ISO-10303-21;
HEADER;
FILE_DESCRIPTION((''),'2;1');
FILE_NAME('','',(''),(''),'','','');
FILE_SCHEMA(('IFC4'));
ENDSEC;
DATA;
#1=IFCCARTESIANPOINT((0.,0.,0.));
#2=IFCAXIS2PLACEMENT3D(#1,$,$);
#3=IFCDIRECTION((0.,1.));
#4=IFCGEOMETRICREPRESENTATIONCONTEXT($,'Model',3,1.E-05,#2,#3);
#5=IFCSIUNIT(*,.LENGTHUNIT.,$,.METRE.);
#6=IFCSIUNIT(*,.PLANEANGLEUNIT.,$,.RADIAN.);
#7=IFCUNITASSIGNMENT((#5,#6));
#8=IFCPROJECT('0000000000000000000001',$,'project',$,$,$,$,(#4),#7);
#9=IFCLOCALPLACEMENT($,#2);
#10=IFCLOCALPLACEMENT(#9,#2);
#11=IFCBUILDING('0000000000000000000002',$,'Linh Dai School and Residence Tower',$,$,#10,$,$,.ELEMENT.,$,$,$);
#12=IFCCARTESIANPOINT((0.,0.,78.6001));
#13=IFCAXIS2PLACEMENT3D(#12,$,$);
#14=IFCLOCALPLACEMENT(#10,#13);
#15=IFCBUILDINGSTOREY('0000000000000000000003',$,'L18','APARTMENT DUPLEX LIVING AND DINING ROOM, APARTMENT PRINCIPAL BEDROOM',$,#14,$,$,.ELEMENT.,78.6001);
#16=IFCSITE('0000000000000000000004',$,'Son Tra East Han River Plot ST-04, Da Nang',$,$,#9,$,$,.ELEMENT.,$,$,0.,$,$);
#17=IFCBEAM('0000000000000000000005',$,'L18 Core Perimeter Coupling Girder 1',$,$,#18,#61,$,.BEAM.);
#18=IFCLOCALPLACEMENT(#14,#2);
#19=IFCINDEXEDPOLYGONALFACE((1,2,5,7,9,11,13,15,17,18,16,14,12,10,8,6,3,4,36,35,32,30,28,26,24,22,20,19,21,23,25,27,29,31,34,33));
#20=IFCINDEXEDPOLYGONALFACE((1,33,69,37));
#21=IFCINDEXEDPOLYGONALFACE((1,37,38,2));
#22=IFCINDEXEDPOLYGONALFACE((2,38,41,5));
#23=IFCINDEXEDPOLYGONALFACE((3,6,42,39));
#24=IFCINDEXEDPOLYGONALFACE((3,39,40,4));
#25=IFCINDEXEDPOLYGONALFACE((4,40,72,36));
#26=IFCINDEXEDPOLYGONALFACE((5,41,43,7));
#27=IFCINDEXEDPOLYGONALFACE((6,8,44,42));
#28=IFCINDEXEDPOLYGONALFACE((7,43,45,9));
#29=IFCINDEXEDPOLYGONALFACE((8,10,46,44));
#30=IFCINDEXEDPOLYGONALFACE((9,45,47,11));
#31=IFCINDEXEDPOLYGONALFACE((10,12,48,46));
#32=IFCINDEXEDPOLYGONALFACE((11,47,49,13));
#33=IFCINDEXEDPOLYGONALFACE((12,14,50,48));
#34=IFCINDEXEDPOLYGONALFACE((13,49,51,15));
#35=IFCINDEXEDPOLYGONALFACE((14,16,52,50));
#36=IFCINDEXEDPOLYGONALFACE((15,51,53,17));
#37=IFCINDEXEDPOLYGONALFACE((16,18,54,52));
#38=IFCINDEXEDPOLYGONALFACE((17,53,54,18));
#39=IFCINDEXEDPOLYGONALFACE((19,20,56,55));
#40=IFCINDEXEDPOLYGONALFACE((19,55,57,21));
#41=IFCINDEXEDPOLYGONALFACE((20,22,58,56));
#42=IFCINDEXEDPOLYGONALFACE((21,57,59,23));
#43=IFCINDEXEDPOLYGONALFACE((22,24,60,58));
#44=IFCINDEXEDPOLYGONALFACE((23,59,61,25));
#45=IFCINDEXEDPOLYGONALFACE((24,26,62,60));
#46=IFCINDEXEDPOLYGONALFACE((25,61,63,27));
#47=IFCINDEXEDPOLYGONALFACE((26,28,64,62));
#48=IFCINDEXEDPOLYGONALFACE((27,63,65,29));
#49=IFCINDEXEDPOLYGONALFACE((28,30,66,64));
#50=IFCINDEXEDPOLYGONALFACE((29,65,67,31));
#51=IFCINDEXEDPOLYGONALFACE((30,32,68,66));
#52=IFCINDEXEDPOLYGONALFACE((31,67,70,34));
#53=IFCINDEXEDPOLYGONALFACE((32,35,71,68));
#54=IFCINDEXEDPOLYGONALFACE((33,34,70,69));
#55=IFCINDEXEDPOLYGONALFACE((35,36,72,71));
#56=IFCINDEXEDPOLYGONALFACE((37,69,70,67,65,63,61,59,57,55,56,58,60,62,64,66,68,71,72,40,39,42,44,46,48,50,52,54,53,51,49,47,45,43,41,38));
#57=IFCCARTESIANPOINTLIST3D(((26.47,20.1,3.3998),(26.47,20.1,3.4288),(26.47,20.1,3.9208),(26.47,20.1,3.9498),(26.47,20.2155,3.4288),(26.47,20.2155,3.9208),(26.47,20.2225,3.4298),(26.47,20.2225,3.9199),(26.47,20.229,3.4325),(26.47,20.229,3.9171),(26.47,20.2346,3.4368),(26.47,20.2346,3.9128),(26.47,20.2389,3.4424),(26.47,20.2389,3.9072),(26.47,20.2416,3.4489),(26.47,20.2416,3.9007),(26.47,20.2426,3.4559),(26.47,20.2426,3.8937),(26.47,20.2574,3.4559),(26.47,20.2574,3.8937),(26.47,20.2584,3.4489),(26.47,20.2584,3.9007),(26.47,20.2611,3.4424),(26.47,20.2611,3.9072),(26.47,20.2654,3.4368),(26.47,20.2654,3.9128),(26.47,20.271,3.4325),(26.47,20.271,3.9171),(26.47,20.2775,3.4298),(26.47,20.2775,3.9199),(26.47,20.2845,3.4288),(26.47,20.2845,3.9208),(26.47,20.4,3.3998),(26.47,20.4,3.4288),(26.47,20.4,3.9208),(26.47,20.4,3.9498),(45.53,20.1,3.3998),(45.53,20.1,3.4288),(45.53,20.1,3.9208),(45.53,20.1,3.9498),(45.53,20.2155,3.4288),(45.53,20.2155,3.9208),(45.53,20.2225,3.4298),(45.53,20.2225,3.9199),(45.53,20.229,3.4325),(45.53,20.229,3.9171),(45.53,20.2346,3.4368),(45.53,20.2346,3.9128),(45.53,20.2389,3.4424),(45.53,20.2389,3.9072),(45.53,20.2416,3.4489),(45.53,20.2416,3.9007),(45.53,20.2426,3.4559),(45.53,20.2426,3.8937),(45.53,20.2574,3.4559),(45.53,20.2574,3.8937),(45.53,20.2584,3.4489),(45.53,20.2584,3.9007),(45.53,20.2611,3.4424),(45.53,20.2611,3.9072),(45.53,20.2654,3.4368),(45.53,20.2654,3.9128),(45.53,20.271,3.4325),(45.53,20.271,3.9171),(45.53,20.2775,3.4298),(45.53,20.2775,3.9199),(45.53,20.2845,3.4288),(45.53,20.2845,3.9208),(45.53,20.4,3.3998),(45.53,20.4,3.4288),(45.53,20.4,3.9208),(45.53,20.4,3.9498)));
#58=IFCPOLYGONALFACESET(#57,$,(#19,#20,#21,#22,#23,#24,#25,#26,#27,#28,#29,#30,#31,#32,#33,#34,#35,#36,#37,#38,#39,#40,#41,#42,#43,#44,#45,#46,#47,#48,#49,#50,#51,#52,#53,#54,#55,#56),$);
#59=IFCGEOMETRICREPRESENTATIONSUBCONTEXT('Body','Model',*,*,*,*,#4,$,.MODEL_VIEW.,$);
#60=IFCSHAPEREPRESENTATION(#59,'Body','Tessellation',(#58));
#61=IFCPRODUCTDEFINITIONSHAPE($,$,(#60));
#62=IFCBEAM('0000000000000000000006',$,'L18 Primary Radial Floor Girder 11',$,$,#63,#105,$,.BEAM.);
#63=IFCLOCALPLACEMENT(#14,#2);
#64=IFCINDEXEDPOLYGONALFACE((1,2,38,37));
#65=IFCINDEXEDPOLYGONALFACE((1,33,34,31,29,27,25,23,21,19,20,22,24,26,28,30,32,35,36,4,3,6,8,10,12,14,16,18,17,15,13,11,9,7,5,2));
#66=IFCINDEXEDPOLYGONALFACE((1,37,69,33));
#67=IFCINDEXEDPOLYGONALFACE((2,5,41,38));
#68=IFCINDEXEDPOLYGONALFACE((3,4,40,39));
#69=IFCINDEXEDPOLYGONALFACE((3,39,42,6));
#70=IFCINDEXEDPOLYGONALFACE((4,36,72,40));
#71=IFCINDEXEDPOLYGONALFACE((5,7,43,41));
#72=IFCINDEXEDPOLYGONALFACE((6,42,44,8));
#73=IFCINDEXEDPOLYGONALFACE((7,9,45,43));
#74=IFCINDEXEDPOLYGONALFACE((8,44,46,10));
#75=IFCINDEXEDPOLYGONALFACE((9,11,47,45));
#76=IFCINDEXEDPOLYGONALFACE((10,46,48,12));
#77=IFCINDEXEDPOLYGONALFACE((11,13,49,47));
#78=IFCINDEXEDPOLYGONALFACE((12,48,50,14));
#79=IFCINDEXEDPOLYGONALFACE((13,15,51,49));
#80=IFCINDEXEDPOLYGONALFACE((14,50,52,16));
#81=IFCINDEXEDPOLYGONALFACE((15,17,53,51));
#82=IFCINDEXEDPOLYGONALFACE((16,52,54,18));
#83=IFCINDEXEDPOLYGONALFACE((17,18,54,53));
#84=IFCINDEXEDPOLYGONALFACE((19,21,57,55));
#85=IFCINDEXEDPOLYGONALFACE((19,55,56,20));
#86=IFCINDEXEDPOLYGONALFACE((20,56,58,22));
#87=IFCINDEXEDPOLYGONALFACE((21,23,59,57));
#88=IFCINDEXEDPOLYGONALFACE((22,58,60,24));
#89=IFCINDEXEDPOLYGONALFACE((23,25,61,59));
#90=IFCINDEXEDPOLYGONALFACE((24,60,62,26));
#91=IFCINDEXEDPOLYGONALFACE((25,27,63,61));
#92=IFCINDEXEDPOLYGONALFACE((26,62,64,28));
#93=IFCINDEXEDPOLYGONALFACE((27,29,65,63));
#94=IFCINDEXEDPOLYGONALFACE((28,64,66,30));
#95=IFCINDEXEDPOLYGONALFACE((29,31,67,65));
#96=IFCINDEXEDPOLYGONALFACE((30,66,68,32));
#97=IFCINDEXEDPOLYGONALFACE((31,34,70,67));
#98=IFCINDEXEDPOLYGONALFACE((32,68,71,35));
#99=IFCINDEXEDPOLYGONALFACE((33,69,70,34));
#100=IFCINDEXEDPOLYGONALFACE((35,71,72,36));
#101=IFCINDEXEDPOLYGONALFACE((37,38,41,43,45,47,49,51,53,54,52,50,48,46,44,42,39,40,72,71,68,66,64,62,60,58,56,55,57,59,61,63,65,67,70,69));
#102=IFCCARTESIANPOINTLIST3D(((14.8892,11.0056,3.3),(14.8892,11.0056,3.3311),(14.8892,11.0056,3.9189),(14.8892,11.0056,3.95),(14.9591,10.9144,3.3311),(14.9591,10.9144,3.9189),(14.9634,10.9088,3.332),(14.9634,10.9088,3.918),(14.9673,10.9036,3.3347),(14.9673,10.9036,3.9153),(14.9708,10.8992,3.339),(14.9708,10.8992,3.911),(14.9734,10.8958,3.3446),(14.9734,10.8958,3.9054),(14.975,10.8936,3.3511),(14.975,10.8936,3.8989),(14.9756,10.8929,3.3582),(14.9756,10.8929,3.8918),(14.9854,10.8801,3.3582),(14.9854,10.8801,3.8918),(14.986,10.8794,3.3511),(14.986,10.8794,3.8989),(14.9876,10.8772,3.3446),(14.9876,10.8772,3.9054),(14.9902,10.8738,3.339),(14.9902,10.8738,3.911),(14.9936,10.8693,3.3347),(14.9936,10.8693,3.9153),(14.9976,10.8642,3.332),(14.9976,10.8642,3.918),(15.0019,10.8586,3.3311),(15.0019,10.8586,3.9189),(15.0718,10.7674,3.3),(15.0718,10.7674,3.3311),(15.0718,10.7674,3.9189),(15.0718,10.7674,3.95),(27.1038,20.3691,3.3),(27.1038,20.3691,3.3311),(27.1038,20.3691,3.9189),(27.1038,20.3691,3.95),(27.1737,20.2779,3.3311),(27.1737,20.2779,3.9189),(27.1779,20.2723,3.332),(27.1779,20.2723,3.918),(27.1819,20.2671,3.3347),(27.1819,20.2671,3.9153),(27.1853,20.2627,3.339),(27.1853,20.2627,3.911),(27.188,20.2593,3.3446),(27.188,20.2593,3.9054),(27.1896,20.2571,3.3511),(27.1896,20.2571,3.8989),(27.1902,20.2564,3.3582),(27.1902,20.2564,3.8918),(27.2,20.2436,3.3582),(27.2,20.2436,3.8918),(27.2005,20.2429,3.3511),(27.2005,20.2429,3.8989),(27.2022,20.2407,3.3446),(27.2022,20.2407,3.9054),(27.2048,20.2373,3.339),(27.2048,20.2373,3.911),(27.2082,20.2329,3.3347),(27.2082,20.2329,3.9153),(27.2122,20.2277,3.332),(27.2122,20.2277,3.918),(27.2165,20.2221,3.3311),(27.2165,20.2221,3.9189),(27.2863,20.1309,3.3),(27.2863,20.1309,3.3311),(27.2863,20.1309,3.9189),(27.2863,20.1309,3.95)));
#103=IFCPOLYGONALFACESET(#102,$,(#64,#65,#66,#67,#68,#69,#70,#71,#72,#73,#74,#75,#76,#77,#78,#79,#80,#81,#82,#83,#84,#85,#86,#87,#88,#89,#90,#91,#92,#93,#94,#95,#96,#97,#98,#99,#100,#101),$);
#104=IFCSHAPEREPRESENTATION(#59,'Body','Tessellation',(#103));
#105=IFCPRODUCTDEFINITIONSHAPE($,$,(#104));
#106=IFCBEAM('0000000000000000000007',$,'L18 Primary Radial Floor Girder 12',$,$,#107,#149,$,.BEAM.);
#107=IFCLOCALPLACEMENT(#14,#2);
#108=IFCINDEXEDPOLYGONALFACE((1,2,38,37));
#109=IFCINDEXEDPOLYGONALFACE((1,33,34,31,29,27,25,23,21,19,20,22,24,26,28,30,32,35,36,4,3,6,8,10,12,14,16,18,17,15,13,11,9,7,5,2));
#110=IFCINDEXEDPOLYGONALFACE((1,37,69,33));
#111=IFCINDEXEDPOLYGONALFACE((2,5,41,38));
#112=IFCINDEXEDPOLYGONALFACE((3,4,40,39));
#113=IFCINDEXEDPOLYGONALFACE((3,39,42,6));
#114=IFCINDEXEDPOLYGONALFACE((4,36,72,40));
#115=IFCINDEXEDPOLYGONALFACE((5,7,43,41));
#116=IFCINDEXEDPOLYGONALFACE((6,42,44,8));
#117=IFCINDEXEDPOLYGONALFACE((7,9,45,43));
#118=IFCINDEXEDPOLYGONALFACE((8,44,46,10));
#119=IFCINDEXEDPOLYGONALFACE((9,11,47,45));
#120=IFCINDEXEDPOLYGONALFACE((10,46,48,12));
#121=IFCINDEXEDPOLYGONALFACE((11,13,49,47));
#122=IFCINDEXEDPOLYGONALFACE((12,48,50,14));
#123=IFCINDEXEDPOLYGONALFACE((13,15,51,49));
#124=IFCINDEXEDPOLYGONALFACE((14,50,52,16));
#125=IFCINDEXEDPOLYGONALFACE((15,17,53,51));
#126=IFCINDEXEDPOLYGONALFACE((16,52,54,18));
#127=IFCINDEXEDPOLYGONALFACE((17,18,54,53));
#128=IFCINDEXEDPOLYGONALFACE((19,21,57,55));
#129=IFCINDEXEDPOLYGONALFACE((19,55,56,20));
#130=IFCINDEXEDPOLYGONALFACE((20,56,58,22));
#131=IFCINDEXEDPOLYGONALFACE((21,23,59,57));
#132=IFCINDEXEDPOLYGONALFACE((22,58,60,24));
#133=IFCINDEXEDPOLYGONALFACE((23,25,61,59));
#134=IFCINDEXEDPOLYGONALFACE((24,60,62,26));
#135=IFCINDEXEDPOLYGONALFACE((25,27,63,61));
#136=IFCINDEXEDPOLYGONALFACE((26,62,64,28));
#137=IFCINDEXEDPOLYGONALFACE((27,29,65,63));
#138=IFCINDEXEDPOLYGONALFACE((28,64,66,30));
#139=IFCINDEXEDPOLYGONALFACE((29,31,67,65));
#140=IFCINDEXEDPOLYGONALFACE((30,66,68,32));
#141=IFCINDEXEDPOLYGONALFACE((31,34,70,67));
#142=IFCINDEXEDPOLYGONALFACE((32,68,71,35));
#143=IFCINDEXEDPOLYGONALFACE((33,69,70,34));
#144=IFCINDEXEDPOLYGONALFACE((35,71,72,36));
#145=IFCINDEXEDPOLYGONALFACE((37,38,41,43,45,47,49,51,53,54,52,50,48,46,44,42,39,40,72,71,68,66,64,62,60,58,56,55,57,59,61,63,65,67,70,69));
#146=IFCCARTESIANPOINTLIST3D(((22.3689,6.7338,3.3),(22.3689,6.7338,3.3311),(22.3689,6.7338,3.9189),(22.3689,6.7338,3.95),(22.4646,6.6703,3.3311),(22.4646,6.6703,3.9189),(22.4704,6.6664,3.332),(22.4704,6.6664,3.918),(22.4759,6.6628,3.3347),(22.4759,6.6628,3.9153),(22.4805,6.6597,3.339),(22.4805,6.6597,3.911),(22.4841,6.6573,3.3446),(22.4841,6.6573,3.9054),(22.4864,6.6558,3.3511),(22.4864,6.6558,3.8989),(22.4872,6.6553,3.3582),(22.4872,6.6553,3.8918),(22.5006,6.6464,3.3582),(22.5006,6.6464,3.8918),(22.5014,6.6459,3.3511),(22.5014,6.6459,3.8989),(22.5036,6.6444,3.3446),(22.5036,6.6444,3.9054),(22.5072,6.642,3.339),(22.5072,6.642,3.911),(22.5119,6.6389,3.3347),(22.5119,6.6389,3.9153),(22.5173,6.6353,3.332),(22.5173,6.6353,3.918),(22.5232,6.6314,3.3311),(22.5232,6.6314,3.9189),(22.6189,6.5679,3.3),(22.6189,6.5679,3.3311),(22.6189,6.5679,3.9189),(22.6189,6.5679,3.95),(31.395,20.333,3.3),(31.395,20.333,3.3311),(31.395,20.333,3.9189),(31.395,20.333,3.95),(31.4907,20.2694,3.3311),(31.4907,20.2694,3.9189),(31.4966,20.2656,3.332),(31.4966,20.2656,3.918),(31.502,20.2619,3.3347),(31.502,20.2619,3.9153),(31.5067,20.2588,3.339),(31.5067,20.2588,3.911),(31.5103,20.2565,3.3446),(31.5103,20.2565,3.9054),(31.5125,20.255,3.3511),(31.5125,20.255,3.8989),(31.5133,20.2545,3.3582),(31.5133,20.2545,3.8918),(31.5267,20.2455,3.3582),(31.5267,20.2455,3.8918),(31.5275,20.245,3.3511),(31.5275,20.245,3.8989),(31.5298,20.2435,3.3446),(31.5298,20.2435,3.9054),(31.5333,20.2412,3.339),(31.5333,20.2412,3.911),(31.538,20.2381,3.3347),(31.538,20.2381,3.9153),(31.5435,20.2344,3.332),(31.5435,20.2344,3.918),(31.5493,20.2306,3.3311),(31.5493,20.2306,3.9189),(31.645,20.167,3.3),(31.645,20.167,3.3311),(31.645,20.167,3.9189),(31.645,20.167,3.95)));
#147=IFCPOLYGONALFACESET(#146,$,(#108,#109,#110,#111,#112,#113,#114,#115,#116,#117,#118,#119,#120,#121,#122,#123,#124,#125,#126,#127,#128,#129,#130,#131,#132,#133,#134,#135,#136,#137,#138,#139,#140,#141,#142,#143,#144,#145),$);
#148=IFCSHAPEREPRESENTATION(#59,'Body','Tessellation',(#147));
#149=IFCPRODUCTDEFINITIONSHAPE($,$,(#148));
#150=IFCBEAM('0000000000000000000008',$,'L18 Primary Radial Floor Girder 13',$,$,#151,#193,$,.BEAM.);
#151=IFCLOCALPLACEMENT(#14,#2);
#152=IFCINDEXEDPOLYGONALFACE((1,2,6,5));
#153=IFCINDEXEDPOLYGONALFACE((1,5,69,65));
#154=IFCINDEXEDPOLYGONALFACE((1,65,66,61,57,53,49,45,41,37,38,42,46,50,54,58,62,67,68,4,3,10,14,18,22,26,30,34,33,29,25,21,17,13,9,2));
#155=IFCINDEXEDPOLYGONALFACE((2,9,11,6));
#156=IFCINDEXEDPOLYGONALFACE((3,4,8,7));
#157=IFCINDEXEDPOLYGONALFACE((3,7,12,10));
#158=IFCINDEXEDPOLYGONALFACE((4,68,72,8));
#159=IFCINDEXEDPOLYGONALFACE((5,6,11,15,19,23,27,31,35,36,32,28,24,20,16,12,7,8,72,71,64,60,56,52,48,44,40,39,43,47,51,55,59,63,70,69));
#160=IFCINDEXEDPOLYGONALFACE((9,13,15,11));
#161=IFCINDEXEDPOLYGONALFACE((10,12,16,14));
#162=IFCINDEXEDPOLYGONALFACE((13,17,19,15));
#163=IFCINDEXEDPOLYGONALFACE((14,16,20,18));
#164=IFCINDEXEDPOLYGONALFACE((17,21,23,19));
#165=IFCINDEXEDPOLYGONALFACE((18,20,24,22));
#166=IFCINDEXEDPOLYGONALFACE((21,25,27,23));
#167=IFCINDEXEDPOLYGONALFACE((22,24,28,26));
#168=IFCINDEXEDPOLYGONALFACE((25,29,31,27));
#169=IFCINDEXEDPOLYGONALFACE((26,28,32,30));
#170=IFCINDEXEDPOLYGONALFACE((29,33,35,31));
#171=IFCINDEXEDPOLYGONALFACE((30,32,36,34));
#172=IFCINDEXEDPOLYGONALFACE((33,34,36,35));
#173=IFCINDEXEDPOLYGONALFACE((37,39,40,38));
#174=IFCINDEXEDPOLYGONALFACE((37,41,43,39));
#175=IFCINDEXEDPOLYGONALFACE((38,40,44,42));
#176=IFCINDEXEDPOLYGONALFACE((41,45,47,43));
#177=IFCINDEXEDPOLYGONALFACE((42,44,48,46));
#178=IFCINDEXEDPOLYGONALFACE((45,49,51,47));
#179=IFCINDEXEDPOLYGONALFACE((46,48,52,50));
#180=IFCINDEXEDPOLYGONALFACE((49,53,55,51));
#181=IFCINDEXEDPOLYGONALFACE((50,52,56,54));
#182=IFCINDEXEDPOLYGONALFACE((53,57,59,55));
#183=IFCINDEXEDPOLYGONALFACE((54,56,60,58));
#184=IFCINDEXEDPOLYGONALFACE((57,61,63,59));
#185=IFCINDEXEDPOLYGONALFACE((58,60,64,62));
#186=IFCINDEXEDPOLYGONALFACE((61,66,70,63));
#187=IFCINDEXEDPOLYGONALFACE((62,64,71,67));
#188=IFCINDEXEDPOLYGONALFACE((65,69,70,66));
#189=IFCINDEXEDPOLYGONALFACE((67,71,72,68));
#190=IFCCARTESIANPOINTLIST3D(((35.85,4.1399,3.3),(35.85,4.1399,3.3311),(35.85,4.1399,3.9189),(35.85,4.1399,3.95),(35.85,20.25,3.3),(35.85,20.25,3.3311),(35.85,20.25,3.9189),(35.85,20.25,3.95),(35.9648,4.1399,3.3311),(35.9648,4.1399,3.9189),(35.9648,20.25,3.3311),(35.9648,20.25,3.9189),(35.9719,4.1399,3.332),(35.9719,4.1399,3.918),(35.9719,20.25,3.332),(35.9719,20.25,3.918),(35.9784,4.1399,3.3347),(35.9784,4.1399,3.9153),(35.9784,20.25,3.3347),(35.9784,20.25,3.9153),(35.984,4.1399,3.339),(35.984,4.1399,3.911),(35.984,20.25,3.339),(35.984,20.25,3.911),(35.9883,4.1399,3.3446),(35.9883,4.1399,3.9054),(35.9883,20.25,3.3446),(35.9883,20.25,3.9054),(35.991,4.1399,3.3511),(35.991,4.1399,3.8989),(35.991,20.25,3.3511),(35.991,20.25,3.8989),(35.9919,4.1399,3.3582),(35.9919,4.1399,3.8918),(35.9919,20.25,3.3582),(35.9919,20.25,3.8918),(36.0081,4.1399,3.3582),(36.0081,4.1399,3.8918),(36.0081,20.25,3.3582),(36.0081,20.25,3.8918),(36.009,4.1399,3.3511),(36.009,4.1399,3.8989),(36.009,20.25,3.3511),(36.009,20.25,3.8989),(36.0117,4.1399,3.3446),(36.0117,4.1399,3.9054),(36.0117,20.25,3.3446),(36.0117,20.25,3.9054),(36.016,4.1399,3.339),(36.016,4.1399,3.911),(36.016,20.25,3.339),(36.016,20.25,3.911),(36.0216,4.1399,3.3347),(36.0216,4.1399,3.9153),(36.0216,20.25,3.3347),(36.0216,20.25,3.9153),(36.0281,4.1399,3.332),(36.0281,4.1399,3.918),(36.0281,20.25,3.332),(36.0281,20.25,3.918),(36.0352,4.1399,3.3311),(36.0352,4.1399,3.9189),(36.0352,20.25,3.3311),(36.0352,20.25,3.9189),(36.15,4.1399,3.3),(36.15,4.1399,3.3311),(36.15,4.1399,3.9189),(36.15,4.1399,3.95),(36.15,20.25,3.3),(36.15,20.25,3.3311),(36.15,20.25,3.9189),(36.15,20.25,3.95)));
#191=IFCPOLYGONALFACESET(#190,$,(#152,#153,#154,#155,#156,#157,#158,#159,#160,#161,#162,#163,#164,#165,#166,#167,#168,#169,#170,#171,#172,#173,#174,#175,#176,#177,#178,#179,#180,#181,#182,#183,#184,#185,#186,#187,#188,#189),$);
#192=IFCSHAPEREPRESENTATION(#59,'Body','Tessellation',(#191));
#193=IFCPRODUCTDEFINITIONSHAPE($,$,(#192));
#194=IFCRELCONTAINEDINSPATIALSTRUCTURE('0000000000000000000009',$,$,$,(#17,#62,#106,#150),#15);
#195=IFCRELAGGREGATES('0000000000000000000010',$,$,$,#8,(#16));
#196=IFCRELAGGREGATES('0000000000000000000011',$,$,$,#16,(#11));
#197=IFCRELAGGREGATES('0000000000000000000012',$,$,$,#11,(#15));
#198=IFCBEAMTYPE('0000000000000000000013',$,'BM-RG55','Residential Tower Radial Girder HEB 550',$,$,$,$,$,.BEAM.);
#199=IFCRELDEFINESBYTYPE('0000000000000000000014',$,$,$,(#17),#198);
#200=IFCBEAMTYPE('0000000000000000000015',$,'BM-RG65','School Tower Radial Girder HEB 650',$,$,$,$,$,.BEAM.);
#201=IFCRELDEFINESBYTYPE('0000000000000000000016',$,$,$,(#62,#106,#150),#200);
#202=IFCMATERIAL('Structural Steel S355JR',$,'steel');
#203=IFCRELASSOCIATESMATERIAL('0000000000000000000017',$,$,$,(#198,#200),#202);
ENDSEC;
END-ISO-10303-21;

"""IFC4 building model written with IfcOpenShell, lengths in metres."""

from ifc_helpers import new_model, si_unit, direction, frame, origin, origin_2d, place, context, subcontext, project, spatial, i_section, extrude, material, material_profile, profile_set, type_object, element, save


model = new_model("IFC4")

# Units and contexts
model_context = context("Model", 3, precision=1e-05, world=origin(), true_north=direction((0.0, 1.0)))
body_context = subcontext(model_context, "Body", "Model", "MODEL_VIEW")
ifc_project = project(units=[si_unit("LENGTHUNIT", "METRE"), si_unit("PLANEANGLEUNIT", "RADIAN")], contexts=[model_context])

# Site, building, storey
site_placement = place(None, origin())
site = spatial("IfcSite", under=ifc_project, at=site_placement, Name="Son Tra East Han River Plot ST-04, Da Nang", CompositionType="ELEMENT", RefElevation=0.0)
building_placement = place(site_placement, origin())
building = spatial("IfcBuilding", under=site, at=building_placement, Name="Linh Dai School and Residence Tower", CompositionType="ELEMENT")
storey_placement = place(building_placement, frame((0.0, 0.0, 78.6001)))
storey = spatial("IfcBuildingStorey", under=building, at=storey_placement, Name="L18", Description="APARTMENT DUPLEX LIVING AND DINING ROOM, APARTMENT PRINCIPAL BEDROOM", CompositionType="ELEMENT", Elevation=78.6001)

# Shared definitions
ifc_material_1 = material(Name="Structural Steel S355JR", Category="steel")

# Beams
ifc_material_profile_1 = material_profile(ifc_material_1, i_section(OverallWidth=0.3, OverallDepth=0.55, WebThickness=0.0149, FlangeThickness=0.0291, FilletRadius=0.0271, at=origin_2d()), Name="HEB 550")
ifc_profile_set_1 = profile_set([ifc_material_profile_1], Name="Structural Steel S355JR")
beam_type_1 = type_object("IfcBeamType", Name="BM-RG55", Description="Residential Tower Radial Girder HEB 550", PredefinedType="BEAM", material=ifc_profile_set_1)
beam_1_placement = place(storey_placement, frame((26.47, 20.25, 3.6748), z_axis=(1.0, 0.0, 0.0), x_axis=(0.0, 1.0, 0.0)))
element("IfcBeam", 1, at=beam_1_placement, inside=storey, type_object=beam_type_1, Name="L18 Core Perimeter Coupling Girder 1", PredefinedType="BEAM", context=body_context, shape_type="SweptSolid", body=[
    extrude(i_section(OverallWidth=0.3, OverallDepth=0.55, WebThickness=0.0149, FlangeThickness=0.0291, FilletRadius=0.0271, at=origin_2d()), origin(), (0.0, 0.0, 1.0), 19.0601),
])
ifc_material_profile_2 = material_profile(ifc_material_1, i_section(OverallWidth=0.3, OverallDepth=0.6499, WebThickness=0.0161, FlangeThickness=0.031, FilletRadius=0.0271, at=origin_2d()), Name="HEB 650")
ifc_profile_set_2 = profile_set([ifc_material_profile_2], Name="Structural Steel S355JR")
beam_type_2 = type_object("IfcBeamType", Name="BM-RG65", Description="School Tower Radial Girder HEB 650", PredefinedType="BEAM", material=ifc_profile_set_2)
beam_2_placement = place(storey_placement, frame((27.1951, 20.25, 3.625), z_axis=(-0.793638, -0.608391, 0.0), x_axis=(0.608391, -0.793638, 0.0)))
element("IfcBeam", 2, at=beam_2_placement, inside=storey, type_object=beam_type_2, Name="L18 Primary Radial Floor Girder 11", PredefinedType="BEAM", context=body_context, shape_type="SweptSolid", body=[
    extrude(i_section(OverallWidth=0.3, OverallDepth=0.6499, WebThickness=0.0161, FlangeThickness=0.031, FilletRadius=0.0271, at=origin_2d()), origin(), (0.0, 0.0, 1.0), 15.3906),
])
beam_3_placement = place(storey_placement, frame((31.52, 20.25, 3.625), z_axis=(-0.553004, -0.833178, 0.0), x_axis=(0.833178, -0.553004, 0.0)))
element("IfcBeam", 3, at=beam_3_placement, inside=storey, type_object=beam_type_2, Name="L18 Primary Radial Floor Girder 12", PredefinedType="BEAM", context=body_context, shape_type="SweptSolid", body=[
    extrude(i_section(OverallWidth=0.3, OverallDepth=0.6499, WebThickness=0.0161, FlangeThickness=0.031, FilletRadius=0.0271, at=origin_2d()), origin(), (0.0, 0.0, 1.0), 16.322),
])
beam_4_placement = place(storey_placement, frame((36.0, 20.25, 3.625), z_axis=(0.0, -1.0, 0.0), x_axis=(1.0, 0.0, 0.0)))
element("IfcBeam", 4, at=beam_4_placement, inside=storey, type_object=beam_type_2, Name="L18 Primary Radial Floor Girder 13", PredefinedType="BEAM", context=body_context, shape_type="SweptSolid", body=[
    extrude(i_section(OverallWidth=0.3, OverallDepth=0.6499, WebThickness=0.0161, FlangeThickness=0.031, FilletRadius=0.0271, at=origin_2d()), origin(), (0.0, 0.0, 1.0), 16.1101),
])

save(model, "model.ifc")
